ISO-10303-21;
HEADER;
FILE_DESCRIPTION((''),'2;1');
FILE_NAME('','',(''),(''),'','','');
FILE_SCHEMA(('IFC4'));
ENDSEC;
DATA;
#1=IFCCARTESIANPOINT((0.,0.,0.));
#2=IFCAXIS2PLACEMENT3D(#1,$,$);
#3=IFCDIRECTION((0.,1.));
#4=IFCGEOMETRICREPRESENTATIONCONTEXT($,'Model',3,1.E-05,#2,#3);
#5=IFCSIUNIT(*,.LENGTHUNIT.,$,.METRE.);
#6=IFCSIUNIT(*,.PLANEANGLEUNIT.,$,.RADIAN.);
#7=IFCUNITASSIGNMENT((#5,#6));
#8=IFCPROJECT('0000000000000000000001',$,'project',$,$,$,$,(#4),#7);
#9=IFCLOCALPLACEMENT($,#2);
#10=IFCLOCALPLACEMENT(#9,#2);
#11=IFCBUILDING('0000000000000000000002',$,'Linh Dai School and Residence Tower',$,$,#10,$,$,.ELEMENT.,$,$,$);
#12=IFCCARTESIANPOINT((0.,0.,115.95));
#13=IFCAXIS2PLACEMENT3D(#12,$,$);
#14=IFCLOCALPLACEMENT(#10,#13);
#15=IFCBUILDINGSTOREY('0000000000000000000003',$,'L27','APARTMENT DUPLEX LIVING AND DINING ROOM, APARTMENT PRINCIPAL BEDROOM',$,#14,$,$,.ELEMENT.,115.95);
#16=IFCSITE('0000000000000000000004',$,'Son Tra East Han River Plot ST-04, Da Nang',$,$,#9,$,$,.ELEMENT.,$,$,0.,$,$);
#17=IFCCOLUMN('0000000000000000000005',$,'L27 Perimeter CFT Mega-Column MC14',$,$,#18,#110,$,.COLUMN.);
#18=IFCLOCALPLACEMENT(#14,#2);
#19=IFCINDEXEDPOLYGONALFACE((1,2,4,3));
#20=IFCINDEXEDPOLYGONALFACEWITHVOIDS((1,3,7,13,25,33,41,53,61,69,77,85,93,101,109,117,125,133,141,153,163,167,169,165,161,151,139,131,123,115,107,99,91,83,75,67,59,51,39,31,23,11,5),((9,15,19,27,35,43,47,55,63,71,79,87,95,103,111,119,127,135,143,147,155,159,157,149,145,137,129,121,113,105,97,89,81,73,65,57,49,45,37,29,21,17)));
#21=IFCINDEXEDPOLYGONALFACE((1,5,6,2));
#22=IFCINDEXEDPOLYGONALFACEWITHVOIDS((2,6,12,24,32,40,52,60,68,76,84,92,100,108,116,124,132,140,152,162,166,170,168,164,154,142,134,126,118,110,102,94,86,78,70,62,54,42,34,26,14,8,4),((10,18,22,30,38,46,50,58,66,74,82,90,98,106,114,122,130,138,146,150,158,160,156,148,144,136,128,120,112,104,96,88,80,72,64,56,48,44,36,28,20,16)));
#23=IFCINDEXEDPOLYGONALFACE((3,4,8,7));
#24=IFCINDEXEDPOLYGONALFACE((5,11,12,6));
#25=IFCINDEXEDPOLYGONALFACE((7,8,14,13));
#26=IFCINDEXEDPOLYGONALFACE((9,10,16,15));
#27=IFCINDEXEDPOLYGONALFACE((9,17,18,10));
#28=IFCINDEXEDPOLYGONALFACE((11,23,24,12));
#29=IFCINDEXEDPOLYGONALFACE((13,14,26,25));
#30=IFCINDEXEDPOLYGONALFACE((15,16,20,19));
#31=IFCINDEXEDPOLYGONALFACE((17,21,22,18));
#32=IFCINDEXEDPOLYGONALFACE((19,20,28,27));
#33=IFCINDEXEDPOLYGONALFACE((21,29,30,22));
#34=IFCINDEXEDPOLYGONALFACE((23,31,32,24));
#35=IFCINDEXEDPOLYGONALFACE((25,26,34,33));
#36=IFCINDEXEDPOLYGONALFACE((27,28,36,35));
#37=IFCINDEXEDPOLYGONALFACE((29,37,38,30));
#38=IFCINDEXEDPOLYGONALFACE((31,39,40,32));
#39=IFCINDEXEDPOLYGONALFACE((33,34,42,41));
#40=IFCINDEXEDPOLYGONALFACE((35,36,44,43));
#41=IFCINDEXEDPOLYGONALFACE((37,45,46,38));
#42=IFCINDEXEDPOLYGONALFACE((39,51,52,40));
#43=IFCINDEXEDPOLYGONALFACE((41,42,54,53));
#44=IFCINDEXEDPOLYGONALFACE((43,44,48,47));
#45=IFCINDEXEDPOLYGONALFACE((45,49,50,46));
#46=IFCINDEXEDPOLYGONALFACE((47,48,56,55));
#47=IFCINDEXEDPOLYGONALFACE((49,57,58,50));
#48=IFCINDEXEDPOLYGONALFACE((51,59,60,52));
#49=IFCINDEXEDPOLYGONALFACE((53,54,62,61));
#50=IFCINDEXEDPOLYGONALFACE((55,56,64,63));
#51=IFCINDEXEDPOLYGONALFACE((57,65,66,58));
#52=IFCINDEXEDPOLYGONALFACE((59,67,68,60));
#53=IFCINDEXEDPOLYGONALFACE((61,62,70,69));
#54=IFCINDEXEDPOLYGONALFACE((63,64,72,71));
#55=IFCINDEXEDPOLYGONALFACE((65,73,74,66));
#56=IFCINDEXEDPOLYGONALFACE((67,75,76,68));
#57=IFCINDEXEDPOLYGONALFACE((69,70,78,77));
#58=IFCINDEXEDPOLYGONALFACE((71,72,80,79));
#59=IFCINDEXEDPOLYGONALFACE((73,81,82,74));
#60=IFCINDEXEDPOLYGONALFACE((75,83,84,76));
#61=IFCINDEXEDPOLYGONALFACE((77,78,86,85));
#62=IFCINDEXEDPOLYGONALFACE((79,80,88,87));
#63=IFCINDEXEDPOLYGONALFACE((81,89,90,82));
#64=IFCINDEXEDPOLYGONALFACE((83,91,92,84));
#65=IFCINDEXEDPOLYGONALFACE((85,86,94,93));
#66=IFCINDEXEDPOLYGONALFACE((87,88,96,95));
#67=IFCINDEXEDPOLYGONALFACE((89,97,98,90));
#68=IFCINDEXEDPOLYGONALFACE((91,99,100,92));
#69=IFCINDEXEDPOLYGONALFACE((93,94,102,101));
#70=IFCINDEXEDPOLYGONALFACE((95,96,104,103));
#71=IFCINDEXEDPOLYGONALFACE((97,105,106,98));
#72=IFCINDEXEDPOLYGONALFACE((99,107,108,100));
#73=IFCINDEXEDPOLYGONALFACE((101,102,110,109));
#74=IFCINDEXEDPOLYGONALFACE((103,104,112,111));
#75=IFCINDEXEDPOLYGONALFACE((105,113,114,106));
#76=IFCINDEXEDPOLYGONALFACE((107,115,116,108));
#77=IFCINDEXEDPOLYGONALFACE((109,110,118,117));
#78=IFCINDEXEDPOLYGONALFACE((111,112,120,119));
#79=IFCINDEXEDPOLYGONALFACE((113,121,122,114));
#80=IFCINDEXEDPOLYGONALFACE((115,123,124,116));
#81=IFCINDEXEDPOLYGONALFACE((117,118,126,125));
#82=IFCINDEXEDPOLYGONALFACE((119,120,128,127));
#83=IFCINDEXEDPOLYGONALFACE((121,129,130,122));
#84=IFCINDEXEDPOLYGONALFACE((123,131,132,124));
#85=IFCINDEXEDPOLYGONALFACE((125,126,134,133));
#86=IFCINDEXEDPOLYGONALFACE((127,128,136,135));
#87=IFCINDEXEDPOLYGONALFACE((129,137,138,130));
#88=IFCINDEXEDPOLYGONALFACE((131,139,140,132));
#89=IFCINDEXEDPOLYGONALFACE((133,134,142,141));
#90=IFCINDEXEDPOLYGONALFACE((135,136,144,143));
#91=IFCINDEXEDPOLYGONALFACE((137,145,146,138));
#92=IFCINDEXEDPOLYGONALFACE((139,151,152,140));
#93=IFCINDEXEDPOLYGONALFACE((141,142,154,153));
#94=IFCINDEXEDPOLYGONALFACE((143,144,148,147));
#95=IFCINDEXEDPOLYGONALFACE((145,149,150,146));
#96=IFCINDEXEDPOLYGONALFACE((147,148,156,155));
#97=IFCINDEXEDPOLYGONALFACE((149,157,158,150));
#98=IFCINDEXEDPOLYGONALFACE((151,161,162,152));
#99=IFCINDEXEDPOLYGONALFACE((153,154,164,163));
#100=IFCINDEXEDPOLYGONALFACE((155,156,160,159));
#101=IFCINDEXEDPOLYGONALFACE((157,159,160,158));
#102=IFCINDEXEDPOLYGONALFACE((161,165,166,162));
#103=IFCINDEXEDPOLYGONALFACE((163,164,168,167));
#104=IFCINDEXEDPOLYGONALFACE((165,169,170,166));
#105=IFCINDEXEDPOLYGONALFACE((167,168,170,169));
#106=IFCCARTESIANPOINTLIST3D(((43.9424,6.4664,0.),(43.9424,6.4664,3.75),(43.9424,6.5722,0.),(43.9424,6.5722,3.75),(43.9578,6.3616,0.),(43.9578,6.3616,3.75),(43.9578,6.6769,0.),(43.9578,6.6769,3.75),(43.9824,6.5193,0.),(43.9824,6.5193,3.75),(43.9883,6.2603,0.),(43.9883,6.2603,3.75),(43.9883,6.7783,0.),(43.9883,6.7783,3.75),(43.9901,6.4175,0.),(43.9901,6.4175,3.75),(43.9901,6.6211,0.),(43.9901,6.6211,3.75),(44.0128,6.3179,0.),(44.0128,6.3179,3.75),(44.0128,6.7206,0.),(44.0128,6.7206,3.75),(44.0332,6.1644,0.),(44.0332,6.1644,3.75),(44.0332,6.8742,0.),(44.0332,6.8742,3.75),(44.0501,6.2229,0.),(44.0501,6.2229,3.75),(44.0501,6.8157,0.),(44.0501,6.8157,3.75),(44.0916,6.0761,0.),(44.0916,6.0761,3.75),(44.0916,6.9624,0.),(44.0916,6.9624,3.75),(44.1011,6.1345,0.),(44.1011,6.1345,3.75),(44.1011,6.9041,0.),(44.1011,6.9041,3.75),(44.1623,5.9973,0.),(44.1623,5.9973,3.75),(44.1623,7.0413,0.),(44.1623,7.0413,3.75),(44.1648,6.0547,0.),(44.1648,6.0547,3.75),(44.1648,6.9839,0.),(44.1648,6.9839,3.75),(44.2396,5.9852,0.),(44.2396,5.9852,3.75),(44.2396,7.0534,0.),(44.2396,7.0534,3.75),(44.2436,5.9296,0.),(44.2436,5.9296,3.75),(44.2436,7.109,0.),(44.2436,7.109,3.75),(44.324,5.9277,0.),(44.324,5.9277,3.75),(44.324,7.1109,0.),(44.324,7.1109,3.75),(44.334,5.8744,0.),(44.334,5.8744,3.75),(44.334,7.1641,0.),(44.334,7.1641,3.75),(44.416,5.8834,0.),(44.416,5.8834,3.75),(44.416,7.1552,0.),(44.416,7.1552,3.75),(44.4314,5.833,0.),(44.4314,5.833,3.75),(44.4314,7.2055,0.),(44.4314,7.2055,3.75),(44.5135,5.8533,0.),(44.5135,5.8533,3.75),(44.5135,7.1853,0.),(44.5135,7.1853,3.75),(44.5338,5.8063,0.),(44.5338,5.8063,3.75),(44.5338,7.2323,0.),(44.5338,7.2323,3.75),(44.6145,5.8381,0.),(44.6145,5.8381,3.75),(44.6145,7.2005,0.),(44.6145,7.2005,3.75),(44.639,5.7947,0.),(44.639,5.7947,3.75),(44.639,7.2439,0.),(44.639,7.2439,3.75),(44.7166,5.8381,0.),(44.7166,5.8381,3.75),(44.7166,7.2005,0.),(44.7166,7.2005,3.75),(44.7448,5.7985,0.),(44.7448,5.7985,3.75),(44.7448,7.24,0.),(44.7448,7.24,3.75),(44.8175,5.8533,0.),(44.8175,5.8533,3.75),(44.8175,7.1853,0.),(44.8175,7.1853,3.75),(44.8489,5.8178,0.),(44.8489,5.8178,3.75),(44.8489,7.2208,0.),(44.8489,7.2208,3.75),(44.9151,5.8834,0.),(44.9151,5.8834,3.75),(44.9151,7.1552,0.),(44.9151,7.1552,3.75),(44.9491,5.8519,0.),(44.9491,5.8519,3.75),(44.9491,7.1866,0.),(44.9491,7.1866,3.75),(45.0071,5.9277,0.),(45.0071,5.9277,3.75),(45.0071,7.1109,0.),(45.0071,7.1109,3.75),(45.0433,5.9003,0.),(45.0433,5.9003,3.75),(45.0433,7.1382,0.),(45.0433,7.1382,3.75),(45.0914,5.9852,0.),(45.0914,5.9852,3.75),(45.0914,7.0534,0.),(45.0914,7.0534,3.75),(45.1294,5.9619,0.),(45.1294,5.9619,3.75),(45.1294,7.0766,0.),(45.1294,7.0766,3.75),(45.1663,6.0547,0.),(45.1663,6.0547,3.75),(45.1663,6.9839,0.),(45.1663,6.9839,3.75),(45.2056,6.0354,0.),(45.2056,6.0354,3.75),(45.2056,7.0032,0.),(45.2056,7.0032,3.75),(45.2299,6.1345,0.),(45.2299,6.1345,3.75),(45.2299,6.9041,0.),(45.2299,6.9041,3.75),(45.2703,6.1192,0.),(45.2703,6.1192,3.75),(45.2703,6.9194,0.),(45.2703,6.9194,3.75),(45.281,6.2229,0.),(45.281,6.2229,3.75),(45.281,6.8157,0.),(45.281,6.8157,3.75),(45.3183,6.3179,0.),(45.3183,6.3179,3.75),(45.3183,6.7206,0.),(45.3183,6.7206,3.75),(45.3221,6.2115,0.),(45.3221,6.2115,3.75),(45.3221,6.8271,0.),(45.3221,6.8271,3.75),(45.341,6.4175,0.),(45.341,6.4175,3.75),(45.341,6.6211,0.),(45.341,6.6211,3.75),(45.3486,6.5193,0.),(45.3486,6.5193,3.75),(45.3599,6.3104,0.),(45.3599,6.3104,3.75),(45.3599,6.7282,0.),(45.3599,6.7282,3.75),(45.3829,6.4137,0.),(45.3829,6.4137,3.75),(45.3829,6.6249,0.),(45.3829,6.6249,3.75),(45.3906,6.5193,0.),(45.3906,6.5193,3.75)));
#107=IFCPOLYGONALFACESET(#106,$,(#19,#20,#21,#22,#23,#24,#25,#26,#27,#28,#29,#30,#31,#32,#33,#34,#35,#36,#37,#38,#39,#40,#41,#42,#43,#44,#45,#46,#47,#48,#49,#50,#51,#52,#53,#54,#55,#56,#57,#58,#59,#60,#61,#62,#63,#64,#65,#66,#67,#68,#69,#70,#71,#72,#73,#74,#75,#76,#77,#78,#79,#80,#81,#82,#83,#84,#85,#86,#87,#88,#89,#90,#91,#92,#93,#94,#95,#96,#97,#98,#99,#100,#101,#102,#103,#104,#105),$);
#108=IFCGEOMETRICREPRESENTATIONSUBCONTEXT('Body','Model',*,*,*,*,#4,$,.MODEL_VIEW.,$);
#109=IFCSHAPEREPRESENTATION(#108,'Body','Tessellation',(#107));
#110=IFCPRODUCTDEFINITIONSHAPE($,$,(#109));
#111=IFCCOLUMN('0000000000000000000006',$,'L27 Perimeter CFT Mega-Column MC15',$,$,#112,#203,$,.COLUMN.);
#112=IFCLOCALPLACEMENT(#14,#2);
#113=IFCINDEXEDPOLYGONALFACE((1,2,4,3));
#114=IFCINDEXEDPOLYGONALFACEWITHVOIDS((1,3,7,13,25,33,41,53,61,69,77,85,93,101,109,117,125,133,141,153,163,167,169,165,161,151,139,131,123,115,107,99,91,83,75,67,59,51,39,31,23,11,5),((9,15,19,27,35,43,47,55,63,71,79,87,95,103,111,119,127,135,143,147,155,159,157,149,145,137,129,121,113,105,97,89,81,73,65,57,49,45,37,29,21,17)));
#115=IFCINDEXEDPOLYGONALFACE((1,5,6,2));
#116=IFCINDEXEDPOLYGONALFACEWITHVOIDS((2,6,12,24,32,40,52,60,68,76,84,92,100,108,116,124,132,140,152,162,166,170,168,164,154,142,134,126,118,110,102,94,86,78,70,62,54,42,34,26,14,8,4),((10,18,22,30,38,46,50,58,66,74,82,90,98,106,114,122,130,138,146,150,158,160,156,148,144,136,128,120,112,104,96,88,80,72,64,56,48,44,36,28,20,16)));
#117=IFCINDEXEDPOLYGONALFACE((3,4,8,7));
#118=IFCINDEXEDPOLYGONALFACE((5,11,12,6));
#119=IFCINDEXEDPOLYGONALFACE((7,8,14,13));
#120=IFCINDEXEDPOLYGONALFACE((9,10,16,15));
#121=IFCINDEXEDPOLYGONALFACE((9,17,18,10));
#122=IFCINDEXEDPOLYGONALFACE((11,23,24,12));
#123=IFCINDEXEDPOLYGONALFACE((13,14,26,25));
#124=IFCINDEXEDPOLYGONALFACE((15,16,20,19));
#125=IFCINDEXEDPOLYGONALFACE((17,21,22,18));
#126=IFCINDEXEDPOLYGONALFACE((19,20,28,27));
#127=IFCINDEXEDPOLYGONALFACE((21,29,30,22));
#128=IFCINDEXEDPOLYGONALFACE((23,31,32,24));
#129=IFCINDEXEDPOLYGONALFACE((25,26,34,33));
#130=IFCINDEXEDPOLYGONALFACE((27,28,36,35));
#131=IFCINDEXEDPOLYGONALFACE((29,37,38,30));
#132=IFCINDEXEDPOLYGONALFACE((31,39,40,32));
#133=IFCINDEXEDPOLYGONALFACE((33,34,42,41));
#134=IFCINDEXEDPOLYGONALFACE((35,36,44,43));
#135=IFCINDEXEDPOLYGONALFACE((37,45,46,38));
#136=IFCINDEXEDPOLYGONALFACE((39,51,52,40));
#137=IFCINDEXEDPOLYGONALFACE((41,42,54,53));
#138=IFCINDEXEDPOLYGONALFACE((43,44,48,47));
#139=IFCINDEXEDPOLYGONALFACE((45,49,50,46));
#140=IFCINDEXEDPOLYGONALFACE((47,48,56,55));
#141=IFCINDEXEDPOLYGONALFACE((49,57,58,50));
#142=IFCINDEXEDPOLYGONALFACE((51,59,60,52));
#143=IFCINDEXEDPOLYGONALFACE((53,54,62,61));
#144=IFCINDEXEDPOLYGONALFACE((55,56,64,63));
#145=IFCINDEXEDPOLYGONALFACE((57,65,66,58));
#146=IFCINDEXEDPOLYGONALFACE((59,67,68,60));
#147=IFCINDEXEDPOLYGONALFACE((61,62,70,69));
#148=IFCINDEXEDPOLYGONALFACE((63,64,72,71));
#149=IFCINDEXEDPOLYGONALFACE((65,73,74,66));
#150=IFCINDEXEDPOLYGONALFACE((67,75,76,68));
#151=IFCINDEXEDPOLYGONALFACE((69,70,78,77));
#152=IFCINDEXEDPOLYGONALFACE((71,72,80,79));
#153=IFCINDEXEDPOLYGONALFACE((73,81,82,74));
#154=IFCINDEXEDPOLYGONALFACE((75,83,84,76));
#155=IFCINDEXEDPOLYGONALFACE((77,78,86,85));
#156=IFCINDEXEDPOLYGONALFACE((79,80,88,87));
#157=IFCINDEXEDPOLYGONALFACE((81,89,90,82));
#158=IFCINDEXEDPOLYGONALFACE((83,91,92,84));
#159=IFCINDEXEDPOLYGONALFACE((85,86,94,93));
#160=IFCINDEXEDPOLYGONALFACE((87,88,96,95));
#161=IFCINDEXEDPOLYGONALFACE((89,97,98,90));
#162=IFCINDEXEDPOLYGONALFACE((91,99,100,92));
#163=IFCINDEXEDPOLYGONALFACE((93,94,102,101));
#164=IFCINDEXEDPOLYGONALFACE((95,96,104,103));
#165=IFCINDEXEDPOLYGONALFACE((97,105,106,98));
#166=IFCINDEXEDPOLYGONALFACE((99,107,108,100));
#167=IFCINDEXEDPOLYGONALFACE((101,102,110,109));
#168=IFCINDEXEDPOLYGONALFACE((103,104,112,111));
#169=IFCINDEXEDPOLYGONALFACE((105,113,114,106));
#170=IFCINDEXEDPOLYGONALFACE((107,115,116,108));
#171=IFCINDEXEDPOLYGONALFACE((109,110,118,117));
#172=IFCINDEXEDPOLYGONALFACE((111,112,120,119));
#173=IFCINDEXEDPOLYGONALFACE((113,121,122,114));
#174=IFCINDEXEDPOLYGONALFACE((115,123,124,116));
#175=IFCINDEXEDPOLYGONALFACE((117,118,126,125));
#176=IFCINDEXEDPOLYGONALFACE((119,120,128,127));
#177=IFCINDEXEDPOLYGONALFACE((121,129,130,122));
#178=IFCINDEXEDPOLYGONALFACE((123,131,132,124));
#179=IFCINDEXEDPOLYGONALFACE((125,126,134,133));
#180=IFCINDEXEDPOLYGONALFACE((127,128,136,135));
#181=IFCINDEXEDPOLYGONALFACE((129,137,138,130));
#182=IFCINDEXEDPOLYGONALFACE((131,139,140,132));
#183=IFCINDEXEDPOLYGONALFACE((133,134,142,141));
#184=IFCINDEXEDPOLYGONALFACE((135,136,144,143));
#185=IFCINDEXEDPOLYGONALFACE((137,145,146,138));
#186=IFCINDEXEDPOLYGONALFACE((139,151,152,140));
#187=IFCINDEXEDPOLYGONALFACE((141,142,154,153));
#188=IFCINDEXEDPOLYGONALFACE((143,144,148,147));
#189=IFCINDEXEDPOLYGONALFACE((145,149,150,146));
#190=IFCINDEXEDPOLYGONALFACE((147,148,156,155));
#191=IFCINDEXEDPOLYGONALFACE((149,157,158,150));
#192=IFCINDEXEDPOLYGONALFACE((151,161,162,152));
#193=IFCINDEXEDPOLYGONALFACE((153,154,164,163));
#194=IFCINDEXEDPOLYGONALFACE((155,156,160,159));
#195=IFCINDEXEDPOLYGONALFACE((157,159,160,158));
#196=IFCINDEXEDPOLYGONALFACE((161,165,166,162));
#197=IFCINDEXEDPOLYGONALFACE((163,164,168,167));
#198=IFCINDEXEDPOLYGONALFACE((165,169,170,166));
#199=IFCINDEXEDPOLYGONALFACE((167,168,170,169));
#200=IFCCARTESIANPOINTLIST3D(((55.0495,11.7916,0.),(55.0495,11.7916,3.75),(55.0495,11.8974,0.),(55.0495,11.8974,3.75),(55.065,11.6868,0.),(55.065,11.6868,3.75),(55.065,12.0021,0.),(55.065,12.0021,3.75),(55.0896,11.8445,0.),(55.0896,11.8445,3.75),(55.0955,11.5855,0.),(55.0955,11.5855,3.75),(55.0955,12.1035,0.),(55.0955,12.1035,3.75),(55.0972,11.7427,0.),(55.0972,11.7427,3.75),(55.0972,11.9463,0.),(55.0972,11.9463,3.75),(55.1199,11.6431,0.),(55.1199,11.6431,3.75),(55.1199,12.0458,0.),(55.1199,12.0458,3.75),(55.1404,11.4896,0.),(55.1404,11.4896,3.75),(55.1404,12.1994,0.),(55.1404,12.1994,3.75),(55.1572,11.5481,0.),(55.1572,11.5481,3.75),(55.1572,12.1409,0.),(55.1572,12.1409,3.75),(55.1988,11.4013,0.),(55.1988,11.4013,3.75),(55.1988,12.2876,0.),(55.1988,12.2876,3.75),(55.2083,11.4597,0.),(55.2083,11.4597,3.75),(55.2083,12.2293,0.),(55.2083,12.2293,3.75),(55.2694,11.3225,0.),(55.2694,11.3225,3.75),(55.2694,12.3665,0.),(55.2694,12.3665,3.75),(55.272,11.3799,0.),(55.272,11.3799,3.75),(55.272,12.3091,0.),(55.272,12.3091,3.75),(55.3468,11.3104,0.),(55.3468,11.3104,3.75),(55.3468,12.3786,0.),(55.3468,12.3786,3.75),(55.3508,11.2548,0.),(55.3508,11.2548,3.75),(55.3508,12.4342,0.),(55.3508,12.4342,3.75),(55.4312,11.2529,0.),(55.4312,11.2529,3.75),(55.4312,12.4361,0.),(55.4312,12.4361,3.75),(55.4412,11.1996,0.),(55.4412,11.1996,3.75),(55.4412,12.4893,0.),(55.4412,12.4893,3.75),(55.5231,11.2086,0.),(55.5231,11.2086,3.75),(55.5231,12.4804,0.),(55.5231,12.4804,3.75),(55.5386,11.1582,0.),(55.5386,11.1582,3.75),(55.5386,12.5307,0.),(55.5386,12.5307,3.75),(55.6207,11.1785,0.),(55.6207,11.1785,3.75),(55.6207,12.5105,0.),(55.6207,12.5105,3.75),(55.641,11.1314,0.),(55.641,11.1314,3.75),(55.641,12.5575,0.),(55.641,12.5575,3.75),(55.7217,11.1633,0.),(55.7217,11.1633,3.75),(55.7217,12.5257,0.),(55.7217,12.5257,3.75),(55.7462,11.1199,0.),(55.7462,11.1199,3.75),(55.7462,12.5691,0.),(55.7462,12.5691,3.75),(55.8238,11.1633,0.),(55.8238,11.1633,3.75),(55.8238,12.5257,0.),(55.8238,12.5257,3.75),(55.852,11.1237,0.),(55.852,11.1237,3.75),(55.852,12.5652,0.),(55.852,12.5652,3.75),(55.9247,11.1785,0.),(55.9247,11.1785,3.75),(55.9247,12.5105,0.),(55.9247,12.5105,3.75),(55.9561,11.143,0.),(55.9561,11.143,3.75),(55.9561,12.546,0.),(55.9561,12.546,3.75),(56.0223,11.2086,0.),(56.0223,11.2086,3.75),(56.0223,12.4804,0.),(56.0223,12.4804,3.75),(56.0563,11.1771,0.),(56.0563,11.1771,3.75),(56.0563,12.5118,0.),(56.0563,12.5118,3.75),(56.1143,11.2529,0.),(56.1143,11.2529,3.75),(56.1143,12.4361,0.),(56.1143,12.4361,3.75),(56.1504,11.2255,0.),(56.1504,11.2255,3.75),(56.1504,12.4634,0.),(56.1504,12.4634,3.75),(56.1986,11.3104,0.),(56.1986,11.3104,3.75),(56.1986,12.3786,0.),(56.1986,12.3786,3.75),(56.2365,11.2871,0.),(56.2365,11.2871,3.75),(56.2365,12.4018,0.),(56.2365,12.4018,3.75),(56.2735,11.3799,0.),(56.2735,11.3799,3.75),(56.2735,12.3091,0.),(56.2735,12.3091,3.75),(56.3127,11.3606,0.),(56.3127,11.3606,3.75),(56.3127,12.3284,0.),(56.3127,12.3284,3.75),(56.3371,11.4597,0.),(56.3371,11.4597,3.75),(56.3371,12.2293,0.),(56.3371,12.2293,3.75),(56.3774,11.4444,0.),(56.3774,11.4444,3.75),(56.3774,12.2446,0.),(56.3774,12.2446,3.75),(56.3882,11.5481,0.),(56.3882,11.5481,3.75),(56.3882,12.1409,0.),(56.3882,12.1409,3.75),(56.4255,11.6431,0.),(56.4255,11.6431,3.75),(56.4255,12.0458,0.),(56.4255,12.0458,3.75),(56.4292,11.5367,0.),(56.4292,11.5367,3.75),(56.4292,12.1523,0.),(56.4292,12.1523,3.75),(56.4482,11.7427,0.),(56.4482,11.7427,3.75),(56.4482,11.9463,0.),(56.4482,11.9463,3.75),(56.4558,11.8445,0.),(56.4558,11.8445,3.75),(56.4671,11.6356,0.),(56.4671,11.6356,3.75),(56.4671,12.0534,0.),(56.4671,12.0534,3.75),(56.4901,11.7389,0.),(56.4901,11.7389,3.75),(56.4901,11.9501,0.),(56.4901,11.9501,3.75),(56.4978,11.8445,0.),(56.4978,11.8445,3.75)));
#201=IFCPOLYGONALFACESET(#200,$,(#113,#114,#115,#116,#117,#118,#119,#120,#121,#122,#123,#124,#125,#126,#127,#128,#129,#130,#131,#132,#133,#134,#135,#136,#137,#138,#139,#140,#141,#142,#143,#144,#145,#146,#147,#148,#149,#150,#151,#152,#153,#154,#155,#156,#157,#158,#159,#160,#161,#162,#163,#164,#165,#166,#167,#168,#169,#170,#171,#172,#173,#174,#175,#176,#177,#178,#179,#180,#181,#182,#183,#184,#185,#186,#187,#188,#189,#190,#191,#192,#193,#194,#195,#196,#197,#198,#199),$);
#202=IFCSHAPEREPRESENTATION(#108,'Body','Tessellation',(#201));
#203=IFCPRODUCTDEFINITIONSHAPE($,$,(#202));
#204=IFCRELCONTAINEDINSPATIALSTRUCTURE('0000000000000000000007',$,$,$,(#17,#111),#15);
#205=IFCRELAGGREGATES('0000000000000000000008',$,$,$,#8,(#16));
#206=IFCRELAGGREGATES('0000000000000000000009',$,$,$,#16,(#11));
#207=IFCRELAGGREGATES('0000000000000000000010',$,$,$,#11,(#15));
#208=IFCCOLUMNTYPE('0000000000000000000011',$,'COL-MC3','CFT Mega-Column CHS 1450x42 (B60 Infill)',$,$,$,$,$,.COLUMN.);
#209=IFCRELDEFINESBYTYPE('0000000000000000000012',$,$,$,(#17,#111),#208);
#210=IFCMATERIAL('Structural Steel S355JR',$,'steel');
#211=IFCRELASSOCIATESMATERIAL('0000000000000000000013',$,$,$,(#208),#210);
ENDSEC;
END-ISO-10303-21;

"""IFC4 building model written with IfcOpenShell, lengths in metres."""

from ifc_helpers import new_model, si_unit, direction, frame, origin, origin_2d, place, context, subcontext, project, spatial, hollow_circle, extrude, material, material_profile, profile_set, type_object, element, save


model = new_model("IFC4")

# Units and contexts
model_context = context("Model", 3, precision=1e-05, world=origin(), true_north=direction((0.0, 1.0)))
body_context = subcontext(model_context, "Body", "Model", "MODEL_VIEW")
ifc_project = project(units=[si_unit("LENGTHUNIT", "METRE"), si_unit("PLANEANGLEUNIT", "RADIAN")], contexts=[model_context])

# Site, building, storey
site_placement = place(None, origin())
site = spatial("IfcSite", under=ifc_project, at=site_placement, Name="Son Tra East Han River Plot ST-04, Da Nang", CompositionType="ELEMENT", RefElevation=0.0)
building_placement = place(site_placement, origin())
building = spatial("IfcBuilding", under=site, at=building_placement, Name="Linh Dai School and Residence Tower", CompositionType="ELEMENT")
storey_placement = place(building_placement, frame((0.0, 0.0, 115.95)))
storey = spatial("IfcBuildingStorey", under=building, at=storey_placement, Name="L27", Description="APARTMENT DUPLEX LIVING AND DINING ROOM, APARTMENT PRINCIPAL BEDROOM", CompositionType="ELEMENT", Elevation=115.95)

# Columns
ifc_material_1 = material(Name="Structural Steel S355JR", Category="steel")
ifc_material_profile_1 = material_profile(ifc_material_1, hollow_circle(Radius=0.7251, WallThickness=0.042, at=origin_2d()), Name="CHS 1450x42")
ifc_profile_set_1 = profile_set([ifc_material_profile_1], Name="Structural Steel S355JR")
column_type = type_object("IfcColumnType", Name="COL-MC3", Description="CFT Mega-Column CHS 1450x42 (B60 Infill)", PredefinedType="COLUMN", material=ifc_profile_set_1)
for number, where, z_axis, x_axis, name in (
    (1, (44.6655, 6.5193, 0.0), (0.0, 0.0, 1.0), (1.0, 0.0, 0.0), "L27 Perimeter CFT Mega-Column MC14"),
    (2, (55.7727, 11.8445, 0.0), (0.0, 0.0, 1.0), (1.0, 0.0, 0.0), "L27 Perimeter CFT Mega-Column MC15"),
):
    element("IfcColumn", number, at=place(storey_placement, frame(where, z_axis=z_axis, x_axis=x_axis)), inside=storey, type_object=column_type, Name=name, PredefinedType="COLUMN", context=body_context, shape_type="SweptSolid", body=[
        extrude(hollow_circle(Radius=0.7251, WallThickness=0.042, at=origin_2d()), origin(), (0.0, 0.0, 1.0), 3.75),
    ])

save(model, "model.ifc")
